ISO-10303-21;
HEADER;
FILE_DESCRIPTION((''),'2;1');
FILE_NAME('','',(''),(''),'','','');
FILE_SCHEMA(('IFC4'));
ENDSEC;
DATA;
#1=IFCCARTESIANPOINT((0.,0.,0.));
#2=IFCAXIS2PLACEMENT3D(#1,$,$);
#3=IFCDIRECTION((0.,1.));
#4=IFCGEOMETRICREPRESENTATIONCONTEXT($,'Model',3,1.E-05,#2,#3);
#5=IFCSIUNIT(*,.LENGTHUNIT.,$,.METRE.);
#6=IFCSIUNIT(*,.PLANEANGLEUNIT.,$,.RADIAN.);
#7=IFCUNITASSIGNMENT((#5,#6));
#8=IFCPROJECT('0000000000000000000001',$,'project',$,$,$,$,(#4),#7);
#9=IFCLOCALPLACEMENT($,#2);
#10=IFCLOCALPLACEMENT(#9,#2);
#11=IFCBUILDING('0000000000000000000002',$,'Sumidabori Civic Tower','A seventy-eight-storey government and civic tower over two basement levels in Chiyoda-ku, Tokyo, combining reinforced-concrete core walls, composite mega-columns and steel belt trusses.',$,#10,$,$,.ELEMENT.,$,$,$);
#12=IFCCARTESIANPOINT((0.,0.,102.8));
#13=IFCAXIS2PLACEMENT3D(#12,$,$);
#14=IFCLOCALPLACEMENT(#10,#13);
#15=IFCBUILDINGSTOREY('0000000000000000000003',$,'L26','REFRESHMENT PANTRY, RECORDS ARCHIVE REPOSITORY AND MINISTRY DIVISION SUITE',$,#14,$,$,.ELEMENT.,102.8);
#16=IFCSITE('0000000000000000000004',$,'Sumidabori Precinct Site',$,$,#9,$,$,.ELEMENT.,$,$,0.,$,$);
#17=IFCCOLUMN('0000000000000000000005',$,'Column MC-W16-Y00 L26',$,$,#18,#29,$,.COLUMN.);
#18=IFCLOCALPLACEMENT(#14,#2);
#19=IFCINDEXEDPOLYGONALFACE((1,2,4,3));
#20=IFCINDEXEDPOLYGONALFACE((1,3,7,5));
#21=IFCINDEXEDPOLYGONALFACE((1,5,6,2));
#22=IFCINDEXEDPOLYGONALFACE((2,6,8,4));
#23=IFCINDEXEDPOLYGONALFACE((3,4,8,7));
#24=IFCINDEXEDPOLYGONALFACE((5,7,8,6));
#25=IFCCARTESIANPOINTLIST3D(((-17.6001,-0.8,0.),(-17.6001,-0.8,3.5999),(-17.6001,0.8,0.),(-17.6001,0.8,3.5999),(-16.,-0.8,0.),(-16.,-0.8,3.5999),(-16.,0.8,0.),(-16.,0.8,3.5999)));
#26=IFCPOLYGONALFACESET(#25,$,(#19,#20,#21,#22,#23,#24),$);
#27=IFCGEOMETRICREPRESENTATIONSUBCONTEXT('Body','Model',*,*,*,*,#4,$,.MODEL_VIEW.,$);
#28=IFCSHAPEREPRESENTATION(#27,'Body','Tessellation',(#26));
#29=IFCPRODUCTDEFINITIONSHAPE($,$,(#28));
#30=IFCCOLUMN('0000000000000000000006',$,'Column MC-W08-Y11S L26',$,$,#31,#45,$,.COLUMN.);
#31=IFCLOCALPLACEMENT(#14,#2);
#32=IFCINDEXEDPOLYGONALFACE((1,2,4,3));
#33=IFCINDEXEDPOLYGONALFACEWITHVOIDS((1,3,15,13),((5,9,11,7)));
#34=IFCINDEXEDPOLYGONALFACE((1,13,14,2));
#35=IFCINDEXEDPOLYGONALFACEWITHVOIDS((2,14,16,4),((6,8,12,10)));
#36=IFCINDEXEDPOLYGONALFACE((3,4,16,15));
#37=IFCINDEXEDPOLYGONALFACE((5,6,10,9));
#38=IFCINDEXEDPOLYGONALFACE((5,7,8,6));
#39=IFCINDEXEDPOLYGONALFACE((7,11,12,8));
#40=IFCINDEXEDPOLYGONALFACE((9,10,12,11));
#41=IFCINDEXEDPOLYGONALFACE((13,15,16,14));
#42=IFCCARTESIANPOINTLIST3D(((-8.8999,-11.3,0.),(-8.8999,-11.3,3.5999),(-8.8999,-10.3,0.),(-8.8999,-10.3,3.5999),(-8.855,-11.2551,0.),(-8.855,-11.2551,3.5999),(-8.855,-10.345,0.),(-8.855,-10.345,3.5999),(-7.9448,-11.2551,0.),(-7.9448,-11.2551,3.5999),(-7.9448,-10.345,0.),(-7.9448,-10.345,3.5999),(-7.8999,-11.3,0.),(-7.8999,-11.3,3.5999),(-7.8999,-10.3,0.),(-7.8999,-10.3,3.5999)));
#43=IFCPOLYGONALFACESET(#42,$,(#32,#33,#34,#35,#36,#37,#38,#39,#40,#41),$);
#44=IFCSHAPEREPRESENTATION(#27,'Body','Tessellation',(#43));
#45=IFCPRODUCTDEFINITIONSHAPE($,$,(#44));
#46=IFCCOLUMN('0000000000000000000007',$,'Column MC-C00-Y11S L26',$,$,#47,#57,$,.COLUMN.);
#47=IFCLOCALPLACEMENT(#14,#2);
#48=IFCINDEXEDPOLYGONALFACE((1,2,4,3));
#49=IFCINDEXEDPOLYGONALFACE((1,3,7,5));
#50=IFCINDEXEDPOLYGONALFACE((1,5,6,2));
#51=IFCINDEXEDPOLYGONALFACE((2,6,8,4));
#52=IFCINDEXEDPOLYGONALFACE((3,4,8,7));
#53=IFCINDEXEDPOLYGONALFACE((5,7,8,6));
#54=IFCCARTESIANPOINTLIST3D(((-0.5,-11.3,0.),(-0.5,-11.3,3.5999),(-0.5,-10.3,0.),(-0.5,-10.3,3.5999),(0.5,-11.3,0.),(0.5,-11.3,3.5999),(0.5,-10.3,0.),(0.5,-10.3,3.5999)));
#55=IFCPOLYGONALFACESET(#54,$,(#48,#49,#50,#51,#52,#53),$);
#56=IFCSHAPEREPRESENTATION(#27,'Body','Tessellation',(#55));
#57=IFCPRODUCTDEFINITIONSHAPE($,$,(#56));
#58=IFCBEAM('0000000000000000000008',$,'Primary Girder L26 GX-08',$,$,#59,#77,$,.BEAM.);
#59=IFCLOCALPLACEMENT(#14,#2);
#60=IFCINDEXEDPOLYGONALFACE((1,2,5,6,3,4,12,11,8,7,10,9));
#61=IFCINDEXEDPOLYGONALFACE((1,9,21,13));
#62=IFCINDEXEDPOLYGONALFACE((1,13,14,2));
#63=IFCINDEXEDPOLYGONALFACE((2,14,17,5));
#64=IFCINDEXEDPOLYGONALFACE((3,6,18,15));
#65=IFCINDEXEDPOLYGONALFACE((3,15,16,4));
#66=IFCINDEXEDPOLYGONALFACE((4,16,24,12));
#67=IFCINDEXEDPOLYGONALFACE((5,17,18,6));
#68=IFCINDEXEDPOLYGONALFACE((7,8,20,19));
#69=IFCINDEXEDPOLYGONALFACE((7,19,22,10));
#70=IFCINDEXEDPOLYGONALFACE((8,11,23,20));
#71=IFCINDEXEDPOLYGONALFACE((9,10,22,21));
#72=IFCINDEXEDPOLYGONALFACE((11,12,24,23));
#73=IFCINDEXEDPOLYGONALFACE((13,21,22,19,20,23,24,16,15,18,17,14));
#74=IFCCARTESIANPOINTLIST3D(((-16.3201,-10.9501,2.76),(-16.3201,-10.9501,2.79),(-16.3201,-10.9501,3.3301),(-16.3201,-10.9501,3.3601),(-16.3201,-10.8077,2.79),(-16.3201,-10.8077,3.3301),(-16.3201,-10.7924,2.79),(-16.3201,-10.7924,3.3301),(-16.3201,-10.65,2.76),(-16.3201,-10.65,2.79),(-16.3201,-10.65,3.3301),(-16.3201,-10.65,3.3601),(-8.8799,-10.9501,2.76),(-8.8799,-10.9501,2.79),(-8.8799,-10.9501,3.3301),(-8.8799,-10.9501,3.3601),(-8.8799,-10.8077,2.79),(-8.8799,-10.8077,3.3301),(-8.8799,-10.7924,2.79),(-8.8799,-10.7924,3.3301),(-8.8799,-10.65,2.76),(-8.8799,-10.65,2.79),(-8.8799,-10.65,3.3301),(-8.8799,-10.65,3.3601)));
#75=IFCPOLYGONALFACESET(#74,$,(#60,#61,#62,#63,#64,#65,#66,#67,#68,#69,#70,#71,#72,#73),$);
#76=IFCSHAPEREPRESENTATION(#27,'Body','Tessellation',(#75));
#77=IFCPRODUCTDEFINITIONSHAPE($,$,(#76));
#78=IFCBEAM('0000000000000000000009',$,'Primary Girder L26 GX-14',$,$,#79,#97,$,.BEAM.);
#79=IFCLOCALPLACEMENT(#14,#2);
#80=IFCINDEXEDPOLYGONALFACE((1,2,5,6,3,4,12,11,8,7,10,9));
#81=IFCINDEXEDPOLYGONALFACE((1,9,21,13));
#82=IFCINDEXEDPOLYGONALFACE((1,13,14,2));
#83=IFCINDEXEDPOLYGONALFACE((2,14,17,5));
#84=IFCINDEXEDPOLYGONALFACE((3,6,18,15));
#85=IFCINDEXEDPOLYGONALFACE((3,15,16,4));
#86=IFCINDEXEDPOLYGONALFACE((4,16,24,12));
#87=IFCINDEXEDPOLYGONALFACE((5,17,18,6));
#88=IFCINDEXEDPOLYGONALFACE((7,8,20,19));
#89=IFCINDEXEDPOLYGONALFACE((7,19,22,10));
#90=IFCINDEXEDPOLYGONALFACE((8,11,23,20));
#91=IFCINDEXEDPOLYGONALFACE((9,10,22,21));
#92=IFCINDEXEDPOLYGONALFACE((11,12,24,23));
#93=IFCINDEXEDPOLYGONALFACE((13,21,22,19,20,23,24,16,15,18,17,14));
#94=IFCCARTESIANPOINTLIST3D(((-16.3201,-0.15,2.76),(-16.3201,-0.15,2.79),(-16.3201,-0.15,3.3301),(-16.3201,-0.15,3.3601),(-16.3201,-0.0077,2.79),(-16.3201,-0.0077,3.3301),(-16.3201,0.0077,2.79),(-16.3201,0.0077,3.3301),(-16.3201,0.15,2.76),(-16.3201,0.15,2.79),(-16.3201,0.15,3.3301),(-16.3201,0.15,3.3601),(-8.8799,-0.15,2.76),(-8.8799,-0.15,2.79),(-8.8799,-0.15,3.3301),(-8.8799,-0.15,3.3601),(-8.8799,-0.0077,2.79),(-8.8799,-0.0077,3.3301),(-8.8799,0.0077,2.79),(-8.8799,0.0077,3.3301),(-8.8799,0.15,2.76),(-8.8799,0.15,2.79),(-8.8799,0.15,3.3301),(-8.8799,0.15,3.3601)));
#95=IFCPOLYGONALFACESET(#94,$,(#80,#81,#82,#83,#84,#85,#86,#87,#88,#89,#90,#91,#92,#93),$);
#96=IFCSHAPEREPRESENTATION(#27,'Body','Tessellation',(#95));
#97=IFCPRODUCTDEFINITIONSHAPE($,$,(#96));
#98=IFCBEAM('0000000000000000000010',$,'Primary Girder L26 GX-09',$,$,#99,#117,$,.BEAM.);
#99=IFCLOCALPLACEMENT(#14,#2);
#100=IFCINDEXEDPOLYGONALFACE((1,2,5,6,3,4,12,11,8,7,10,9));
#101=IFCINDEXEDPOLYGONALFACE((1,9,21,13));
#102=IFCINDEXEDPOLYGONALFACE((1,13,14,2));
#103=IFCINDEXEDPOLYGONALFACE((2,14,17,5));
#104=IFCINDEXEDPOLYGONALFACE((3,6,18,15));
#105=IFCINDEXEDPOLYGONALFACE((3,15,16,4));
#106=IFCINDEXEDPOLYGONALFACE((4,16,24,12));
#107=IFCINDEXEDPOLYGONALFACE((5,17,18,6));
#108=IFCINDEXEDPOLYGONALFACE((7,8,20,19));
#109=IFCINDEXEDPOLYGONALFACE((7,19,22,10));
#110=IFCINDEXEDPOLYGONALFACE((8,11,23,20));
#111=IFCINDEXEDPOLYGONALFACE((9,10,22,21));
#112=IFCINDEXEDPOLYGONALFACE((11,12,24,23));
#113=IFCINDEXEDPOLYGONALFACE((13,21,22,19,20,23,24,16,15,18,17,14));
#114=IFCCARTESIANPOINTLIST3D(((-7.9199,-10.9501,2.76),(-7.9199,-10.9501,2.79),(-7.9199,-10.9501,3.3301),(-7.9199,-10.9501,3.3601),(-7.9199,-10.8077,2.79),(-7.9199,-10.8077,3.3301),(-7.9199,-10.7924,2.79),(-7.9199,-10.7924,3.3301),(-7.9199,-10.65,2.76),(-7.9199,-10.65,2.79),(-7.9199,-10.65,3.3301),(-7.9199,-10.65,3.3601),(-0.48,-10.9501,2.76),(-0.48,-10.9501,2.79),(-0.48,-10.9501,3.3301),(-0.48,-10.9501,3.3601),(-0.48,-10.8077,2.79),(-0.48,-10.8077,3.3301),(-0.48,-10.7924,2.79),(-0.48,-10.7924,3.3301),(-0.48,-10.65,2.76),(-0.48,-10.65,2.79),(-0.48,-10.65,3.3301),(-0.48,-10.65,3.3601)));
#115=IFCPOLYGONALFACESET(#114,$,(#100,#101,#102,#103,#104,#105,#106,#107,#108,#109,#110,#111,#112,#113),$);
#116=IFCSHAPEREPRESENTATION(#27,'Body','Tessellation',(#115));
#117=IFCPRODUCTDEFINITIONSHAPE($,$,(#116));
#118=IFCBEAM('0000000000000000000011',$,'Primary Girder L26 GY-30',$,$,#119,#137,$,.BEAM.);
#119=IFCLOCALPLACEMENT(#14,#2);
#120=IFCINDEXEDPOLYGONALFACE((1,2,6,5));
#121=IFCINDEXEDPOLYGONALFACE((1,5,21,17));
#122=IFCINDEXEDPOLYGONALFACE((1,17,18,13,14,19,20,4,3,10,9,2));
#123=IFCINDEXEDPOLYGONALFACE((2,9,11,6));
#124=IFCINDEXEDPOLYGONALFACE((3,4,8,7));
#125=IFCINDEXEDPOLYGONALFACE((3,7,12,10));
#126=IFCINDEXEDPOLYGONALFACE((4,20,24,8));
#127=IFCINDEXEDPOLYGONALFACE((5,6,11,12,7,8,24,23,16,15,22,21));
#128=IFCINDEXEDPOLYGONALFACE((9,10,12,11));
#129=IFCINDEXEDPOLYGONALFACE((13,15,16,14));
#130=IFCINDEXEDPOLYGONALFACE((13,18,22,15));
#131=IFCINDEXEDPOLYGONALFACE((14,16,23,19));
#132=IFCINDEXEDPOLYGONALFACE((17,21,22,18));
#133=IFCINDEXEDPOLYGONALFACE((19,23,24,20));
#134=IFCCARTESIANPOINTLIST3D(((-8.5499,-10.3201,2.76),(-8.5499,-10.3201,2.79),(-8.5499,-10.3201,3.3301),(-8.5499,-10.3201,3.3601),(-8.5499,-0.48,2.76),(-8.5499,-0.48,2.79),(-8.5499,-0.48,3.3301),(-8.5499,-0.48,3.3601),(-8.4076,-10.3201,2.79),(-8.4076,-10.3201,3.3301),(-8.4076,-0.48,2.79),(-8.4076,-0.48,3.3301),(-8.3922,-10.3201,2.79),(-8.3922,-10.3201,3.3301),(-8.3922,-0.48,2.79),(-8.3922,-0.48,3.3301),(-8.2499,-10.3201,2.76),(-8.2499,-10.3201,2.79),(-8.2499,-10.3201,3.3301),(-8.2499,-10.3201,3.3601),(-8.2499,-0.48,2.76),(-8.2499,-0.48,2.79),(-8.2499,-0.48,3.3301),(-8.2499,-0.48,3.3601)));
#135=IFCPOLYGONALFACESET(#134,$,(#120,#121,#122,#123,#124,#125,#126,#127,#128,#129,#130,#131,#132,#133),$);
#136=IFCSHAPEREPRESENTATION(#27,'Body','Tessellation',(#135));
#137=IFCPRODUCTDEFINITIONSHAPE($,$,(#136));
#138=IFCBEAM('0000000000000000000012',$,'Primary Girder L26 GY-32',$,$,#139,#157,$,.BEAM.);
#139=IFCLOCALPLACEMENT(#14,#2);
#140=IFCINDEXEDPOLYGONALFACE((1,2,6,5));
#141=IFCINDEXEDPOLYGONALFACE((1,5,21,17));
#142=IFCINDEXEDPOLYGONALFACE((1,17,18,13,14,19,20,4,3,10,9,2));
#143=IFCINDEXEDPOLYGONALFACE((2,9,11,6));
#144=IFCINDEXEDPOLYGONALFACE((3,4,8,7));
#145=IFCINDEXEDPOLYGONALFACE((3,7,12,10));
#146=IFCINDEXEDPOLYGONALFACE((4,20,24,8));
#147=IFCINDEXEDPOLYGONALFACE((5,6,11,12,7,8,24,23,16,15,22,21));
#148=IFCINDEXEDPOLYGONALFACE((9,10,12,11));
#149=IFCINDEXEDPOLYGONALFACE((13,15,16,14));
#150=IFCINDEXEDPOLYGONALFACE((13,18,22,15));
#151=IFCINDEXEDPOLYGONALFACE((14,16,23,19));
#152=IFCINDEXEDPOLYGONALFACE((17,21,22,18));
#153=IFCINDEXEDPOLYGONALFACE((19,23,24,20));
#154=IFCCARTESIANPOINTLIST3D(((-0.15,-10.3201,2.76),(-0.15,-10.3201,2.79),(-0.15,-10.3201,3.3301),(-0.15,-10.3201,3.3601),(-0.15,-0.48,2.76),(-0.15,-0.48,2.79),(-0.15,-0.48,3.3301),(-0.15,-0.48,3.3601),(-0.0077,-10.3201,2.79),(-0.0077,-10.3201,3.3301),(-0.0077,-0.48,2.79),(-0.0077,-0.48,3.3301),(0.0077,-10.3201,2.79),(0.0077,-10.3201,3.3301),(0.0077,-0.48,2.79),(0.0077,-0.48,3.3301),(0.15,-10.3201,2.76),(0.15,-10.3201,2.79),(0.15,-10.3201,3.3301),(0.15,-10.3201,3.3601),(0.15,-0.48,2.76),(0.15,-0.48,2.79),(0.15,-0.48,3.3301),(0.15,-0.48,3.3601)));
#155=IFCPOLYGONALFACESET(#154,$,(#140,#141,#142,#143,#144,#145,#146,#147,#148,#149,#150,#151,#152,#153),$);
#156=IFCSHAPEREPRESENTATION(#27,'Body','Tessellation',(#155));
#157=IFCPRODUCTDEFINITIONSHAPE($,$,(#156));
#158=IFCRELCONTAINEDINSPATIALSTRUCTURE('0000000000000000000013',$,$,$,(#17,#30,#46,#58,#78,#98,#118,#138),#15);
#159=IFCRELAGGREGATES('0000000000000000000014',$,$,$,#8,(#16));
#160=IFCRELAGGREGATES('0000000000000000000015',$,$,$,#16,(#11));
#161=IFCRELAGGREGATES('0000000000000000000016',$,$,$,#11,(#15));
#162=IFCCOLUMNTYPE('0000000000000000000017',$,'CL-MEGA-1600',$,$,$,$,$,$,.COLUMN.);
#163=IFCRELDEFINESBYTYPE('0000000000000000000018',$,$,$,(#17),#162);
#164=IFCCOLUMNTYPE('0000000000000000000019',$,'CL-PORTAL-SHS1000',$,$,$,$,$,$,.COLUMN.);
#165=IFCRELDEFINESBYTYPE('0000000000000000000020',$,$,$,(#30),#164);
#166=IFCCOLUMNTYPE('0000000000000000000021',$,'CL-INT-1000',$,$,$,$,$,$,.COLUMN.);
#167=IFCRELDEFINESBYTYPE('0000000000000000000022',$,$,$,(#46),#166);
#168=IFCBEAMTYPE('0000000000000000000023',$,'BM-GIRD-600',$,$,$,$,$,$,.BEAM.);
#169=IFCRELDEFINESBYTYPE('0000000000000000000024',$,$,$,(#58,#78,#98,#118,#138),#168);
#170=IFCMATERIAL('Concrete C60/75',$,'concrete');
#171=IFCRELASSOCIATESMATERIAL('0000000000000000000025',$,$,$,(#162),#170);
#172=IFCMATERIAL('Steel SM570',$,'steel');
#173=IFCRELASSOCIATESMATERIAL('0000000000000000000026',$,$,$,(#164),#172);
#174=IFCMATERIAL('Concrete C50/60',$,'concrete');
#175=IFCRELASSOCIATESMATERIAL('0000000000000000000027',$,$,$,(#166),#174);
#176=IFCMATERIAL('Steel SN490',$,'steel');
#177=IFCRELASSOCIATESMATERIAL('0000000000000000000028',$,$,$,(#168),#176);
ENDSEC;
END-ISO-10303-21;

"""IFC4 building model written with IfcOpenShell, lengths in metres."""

from ifc_helpers import new_model, si_unit, direction, frame, origin, origin_2d, place, context, subcontext, project, spatial, rectangle, hollow_rectangle, i_section, extrude, source, transform, mapped, material, material_profile, profile_set, type_object, element, save


model = new_model("IFC4")

# Units and contexts
model_context = context("Model", 3, precision=1e-05, world=origin(), true_north=direction((0.0, 1.0)))
body_context = subcontext(model_context, "Body", "Model", "MODEL_VIEW")
ifc_project = project(units=[si_unit("LENGTHUNIT", "METRE"), si_unit("PLANEANGLEUNIT", "RADIAN")], contexts=[model_context])

# Site, building, storey
site_placement = place(None, origin())
site = spatial("IfcSite", under=ifc_project, at=site_placement, Name="Sumidabori Precinct Site", CompositionType="ELEMENT", RefElevation=0.0)
building_placement = place(site_placement, origin())
building = spatial("IfcBuilding", under=site, at=building_placement, Name="Sumidabori Civic Tower", Description="A seventy-eight-storey government and civic tower over two basement levels in Chiyoda-ku, Tokyo, combining reinforced-concrete core walls, composite mega-columns and steel belt trusses.", CompositionType="ELEMENT")
storey_placement = place(building_placement, frame((0.0, 0.0, 102.8)))
storey = spatial("IfcBuildingStorey", under=building, at=storey_placement, Name="L26", Description="REFRESHMENT PANTRY, RECORDS ARCHIVE REPOSITORY AND MINISTRY DIVISION SUITE", CompositionType="ELEMENT", Elevation=102.8)

# Columns
ifc_material_1 = material(Name="Concrete C60/75", Category="concrete")
ifc_material_profile_1 = material_profile(ifc_material_1, rectangle(XDim=1.6001, YDim=1.6001, at=origin_2d()), Name="RC 1600x1600")
ifc_profile_set_1 = profile_set([ifc_material_profile_1], Name="Concrete C60/75")
column_type_1 = type_object("IfcColumnType", Name="CL-MEGA-1600", PredefinedType="COLUMN", material=ifc_profile_set_1)
shared_shape_1 = source(origin(), body_context, "Body", "SweptSolid", [
    extrude(rectangle(XDim=1.6001, YDim=1.6001, at=origin_2d()), origin(), (0.0, 0.0, 1.0), 3.5999),
])
column_1_placement = place(storey_placement, frame((-16.8, 0.0, 0.0), z_axis=(0.0, 0.0, 1.0), x_axis=(1.0, 0.0, 0.0)))
element("IfcColumn", 1, at=column_1_placement, inside=storey, type_object=column_type_1, Name="Column MC-W16-Y00 L26", PredefinedType="COLUMN", context=body_context, shape_type="MappedRepresentation", body=[
    mapped(shared_shape_1, transform((0.0, 0.0, 0.0), x_axis=(1.0, 0.0, 0.0), y_axis=(0.0, 1.0, 0.0), z_axis=(0.0, 0.0, 1.0), scale=1.0)),
])
ifc_material_2 = material(Name="Steel SM570", Category="steel")
ifc_material_profile_2 = material_profile(ifc_material_2, hollow_rectangle(XDim=1.0, YDim=1.0, WallThickness=0.0449, at=origin_2d()), Name="SHS 1000x1000x45")
ifc_profile_set_2 = profile_set([ifc_material_profile_2], Name="Steel SM570")
column_type_2 = type_object("IfcColumnType", Name="CL-PORTAL-SHS1000", PredefinedType="COLUMN", material=ifc_profile_set_2)
shared_shape_2 = source(origin(), body_context, "Body", "SweptSolid", [
    extrude(hollow_rectangle(XDim=1.0, YDim=1.0, WallThickness=0.0449, at=origin_2d()), origin(), (0.0, 0.0, 1.0), 3.5999),
])
column_2_placement = place(storey_placement, frame((-8.3999, -10.8, 0.0), z_axis=(0.0, 0.0, 1.0), x_axis=(1.0, 0.0, 0.0)))
element("IfcColumn", 2, at=column_2_placement, inside=storey, type_object=column_type_2, Name="Column MC-W08-Y11S L26", PredefinedType="COLUMN", context=body_context, shape_type="MappedRepresentation", body=[
    mapped(shared_shape_2, transform((0.0, 0.0, 0.0), x_axis=(1.0, 0.0, 0.0), y_axis=(0.0, 1.0, 0.0), z_axis=(0.0, 0.0, 1.0), scale=1.0)),
])
ifc_material_3 = material(Name="Concrete C50/60", Category="concrete")
ifc_material_profile_3 = material_profile(ifc_material_3, rectangle(XDim=1.0, YDim=1.0, at=origin_2d()), Name="RC 1000x1000")
ifc_profile_set_3 = profile_set([ifc_material_profile_3], Name="Concrete C50/60")
column_type_3 = type_object("IfcColumnType", Name="CL-INT-1000", PredefinedType="COLUMN", material=ifc_profile_set_3)
shared_shape_3 = source(origin(), body_context, "Body", "SweptSolid", [
    extrude(rectangle(XDim=1.0, YDim=1.0, at=origin_2d()), origin(), (0.0, 0.0, 1.0), 3.5999),
])
column_3_placement = place(storey_placement, frame((0.0, -10.8, 0.0), z_axis=(0.0, 0.0, 1.0), x_axis=(1.0, 0.0, 0.0)))
element("IfcColumn", 3, at=column_3_placement, inside=storey, type_object=column_type_3, Name="Column MC-C00-Y11S L26", PredefinedType="COLUMN", context=body_context, shape_type="MappedRepresentation", body=[
    mapped(shared_shape_3, transform((0.0, 0.0, 0.0), x_axis=(1.0, 0.0, 0.0), y_axis=(0.0, 1.0, 0.0), z_axis=(0.0, 0.0, 1.0), scale=1.0)),
])

# Beams
ifc_material_4 = material(Name="Steel SN490", Category="steel")
ifc_material_profile_4 = material_profile(ifc_material_4, i_section(OverallWidth=0.3, OverallDepth=0.6001, WebThickness=0.0154, FlangeThickness=0.03, at=origin_2d()), Name="HE 600 B")
ifc_profile_set_4 = profile_set([ifc_material_profile_4], Name="Steel SN490")
beam_type_1 = type_object("IfcBeamType", Name="BM-GIRD-600", PredefinedType="BEAM", material=ifc_profile_set_4)
shared_shape_4 = source(origin(), body_context, "Body", "SweptSolid", [
    extrude(i_section(OverallWidth=0.3, OverallDepth=0.6001, WebThickness=0.0154, FlangeThickness=0.03, at=origin_2d()), origin(), (0.0, 0.0, 1.0), 7.4402),
])
for number, where, z_axis, x_axis, name in (
    (4, (-16.3201, -10.8, 3.0601), (1.0, 0.0, 0.0), (0.0, 1.0, 0.0), "Primary Girder L26 GX-08"),
    (5, (-16.3201, 0.0, 3.0601), (1.0, 0.0, 0.0), (0.0, 1.0, 0.0), "Primary Girder L26 GX-14"),
):
    element("IfcBeam", number, at=place(storey_placement, frame(where, z_axis=z_axis, x_axis=x_axis)), inside=storey, type_object=beam_type_1, Name=name, PredefinedType="BEAM", context=body_context, shape_type="MappedRepresentation", body=[
        mapped(shared_shape_4, transform((0.0, 0.0, 0.0), x_axis=(1.0, 0.0, 0.0), y_axis=(0.0, 1.0, 0.0), z_axis=(0.0, 0.0, 1.0), scale=1.0)),
    ])
shared_shape_5 = source(origin(), body_context, "Body", "SweptSolid", [
    extrude(i_section(OverallWidth=0.3, OverallDepth=0.6001, WebThickness=0.0154, FlangeThickness=0.03, at=origin_2d()), origin(), (0.0, 0.0, 1.0), 7.4399),
])
beam_placement = place(storey_placement, frame((-7.9199, -10.8, 3.0601), z_axis=(1.0, 0.0, 0.0), x_axis=(0.0, 1.0, 0.0)))
element("IfcBeam", 6, at=beam_placement, inside=storey, type_object=beam_type_1, Name="Primary Girder L26 GX-09", PredefinedType="BEAM", context=body_context, shape_type="MappedRepresentation", body=[
    mapped(shared_shape_5, transform((0.0, 0.0, 0.0), x_axis=(1.0, 0.0, 0.0), y_axis=(0.0, 1.0, 0.0), z_axis=(0.0, 0.0, 1.0), scale=1.0)),
])
shared_shape_6 = source(origin(), body_context, "Body", "SweptSolid", [
    extrude(i_section(OverallWidth=0.3, OverallDepth=0.6001, WebThickness=0.0154, FlangeThickness=0.03, at=origin_2d()), origin(), (0.0, 0.0, 1.0), 9.8401),
])
for number, where, z_axis, x_axis, name in (
    (7, (-8.3999, -10.3201, 3.0601), (0.0, 1.0, 0.0), (-1.0, 0.0, 0.0), "Primary Girder L26 GY-30"),
    (8, (0.0, -10.3201, 3.0601), (0.0, 1.0, 0.0), (-1.0, 0.0, 0.0), "Primary Girder L26 GY-32"),
):
    element("IfcBeam", number, at=place(storey_placement, frame(where, z_axis=z_axis, x_axis=x_axis)), inside=storey, type_object=beam_type_1, Name=name, PredefinedType="BEAM", context=body_context, shape_type="MappedRepresentation", body=[
        mapped(shared_shape_6, transform((0.0, 0.0, 0.0), x_axis=(1.0, 0.0, 0.0), y_axis=(0.0, 1.0, 0.0), z_axis=(0.0, 0.0, 1.0), scale=1.0)),
    ])

save(model, "model.ifc")
